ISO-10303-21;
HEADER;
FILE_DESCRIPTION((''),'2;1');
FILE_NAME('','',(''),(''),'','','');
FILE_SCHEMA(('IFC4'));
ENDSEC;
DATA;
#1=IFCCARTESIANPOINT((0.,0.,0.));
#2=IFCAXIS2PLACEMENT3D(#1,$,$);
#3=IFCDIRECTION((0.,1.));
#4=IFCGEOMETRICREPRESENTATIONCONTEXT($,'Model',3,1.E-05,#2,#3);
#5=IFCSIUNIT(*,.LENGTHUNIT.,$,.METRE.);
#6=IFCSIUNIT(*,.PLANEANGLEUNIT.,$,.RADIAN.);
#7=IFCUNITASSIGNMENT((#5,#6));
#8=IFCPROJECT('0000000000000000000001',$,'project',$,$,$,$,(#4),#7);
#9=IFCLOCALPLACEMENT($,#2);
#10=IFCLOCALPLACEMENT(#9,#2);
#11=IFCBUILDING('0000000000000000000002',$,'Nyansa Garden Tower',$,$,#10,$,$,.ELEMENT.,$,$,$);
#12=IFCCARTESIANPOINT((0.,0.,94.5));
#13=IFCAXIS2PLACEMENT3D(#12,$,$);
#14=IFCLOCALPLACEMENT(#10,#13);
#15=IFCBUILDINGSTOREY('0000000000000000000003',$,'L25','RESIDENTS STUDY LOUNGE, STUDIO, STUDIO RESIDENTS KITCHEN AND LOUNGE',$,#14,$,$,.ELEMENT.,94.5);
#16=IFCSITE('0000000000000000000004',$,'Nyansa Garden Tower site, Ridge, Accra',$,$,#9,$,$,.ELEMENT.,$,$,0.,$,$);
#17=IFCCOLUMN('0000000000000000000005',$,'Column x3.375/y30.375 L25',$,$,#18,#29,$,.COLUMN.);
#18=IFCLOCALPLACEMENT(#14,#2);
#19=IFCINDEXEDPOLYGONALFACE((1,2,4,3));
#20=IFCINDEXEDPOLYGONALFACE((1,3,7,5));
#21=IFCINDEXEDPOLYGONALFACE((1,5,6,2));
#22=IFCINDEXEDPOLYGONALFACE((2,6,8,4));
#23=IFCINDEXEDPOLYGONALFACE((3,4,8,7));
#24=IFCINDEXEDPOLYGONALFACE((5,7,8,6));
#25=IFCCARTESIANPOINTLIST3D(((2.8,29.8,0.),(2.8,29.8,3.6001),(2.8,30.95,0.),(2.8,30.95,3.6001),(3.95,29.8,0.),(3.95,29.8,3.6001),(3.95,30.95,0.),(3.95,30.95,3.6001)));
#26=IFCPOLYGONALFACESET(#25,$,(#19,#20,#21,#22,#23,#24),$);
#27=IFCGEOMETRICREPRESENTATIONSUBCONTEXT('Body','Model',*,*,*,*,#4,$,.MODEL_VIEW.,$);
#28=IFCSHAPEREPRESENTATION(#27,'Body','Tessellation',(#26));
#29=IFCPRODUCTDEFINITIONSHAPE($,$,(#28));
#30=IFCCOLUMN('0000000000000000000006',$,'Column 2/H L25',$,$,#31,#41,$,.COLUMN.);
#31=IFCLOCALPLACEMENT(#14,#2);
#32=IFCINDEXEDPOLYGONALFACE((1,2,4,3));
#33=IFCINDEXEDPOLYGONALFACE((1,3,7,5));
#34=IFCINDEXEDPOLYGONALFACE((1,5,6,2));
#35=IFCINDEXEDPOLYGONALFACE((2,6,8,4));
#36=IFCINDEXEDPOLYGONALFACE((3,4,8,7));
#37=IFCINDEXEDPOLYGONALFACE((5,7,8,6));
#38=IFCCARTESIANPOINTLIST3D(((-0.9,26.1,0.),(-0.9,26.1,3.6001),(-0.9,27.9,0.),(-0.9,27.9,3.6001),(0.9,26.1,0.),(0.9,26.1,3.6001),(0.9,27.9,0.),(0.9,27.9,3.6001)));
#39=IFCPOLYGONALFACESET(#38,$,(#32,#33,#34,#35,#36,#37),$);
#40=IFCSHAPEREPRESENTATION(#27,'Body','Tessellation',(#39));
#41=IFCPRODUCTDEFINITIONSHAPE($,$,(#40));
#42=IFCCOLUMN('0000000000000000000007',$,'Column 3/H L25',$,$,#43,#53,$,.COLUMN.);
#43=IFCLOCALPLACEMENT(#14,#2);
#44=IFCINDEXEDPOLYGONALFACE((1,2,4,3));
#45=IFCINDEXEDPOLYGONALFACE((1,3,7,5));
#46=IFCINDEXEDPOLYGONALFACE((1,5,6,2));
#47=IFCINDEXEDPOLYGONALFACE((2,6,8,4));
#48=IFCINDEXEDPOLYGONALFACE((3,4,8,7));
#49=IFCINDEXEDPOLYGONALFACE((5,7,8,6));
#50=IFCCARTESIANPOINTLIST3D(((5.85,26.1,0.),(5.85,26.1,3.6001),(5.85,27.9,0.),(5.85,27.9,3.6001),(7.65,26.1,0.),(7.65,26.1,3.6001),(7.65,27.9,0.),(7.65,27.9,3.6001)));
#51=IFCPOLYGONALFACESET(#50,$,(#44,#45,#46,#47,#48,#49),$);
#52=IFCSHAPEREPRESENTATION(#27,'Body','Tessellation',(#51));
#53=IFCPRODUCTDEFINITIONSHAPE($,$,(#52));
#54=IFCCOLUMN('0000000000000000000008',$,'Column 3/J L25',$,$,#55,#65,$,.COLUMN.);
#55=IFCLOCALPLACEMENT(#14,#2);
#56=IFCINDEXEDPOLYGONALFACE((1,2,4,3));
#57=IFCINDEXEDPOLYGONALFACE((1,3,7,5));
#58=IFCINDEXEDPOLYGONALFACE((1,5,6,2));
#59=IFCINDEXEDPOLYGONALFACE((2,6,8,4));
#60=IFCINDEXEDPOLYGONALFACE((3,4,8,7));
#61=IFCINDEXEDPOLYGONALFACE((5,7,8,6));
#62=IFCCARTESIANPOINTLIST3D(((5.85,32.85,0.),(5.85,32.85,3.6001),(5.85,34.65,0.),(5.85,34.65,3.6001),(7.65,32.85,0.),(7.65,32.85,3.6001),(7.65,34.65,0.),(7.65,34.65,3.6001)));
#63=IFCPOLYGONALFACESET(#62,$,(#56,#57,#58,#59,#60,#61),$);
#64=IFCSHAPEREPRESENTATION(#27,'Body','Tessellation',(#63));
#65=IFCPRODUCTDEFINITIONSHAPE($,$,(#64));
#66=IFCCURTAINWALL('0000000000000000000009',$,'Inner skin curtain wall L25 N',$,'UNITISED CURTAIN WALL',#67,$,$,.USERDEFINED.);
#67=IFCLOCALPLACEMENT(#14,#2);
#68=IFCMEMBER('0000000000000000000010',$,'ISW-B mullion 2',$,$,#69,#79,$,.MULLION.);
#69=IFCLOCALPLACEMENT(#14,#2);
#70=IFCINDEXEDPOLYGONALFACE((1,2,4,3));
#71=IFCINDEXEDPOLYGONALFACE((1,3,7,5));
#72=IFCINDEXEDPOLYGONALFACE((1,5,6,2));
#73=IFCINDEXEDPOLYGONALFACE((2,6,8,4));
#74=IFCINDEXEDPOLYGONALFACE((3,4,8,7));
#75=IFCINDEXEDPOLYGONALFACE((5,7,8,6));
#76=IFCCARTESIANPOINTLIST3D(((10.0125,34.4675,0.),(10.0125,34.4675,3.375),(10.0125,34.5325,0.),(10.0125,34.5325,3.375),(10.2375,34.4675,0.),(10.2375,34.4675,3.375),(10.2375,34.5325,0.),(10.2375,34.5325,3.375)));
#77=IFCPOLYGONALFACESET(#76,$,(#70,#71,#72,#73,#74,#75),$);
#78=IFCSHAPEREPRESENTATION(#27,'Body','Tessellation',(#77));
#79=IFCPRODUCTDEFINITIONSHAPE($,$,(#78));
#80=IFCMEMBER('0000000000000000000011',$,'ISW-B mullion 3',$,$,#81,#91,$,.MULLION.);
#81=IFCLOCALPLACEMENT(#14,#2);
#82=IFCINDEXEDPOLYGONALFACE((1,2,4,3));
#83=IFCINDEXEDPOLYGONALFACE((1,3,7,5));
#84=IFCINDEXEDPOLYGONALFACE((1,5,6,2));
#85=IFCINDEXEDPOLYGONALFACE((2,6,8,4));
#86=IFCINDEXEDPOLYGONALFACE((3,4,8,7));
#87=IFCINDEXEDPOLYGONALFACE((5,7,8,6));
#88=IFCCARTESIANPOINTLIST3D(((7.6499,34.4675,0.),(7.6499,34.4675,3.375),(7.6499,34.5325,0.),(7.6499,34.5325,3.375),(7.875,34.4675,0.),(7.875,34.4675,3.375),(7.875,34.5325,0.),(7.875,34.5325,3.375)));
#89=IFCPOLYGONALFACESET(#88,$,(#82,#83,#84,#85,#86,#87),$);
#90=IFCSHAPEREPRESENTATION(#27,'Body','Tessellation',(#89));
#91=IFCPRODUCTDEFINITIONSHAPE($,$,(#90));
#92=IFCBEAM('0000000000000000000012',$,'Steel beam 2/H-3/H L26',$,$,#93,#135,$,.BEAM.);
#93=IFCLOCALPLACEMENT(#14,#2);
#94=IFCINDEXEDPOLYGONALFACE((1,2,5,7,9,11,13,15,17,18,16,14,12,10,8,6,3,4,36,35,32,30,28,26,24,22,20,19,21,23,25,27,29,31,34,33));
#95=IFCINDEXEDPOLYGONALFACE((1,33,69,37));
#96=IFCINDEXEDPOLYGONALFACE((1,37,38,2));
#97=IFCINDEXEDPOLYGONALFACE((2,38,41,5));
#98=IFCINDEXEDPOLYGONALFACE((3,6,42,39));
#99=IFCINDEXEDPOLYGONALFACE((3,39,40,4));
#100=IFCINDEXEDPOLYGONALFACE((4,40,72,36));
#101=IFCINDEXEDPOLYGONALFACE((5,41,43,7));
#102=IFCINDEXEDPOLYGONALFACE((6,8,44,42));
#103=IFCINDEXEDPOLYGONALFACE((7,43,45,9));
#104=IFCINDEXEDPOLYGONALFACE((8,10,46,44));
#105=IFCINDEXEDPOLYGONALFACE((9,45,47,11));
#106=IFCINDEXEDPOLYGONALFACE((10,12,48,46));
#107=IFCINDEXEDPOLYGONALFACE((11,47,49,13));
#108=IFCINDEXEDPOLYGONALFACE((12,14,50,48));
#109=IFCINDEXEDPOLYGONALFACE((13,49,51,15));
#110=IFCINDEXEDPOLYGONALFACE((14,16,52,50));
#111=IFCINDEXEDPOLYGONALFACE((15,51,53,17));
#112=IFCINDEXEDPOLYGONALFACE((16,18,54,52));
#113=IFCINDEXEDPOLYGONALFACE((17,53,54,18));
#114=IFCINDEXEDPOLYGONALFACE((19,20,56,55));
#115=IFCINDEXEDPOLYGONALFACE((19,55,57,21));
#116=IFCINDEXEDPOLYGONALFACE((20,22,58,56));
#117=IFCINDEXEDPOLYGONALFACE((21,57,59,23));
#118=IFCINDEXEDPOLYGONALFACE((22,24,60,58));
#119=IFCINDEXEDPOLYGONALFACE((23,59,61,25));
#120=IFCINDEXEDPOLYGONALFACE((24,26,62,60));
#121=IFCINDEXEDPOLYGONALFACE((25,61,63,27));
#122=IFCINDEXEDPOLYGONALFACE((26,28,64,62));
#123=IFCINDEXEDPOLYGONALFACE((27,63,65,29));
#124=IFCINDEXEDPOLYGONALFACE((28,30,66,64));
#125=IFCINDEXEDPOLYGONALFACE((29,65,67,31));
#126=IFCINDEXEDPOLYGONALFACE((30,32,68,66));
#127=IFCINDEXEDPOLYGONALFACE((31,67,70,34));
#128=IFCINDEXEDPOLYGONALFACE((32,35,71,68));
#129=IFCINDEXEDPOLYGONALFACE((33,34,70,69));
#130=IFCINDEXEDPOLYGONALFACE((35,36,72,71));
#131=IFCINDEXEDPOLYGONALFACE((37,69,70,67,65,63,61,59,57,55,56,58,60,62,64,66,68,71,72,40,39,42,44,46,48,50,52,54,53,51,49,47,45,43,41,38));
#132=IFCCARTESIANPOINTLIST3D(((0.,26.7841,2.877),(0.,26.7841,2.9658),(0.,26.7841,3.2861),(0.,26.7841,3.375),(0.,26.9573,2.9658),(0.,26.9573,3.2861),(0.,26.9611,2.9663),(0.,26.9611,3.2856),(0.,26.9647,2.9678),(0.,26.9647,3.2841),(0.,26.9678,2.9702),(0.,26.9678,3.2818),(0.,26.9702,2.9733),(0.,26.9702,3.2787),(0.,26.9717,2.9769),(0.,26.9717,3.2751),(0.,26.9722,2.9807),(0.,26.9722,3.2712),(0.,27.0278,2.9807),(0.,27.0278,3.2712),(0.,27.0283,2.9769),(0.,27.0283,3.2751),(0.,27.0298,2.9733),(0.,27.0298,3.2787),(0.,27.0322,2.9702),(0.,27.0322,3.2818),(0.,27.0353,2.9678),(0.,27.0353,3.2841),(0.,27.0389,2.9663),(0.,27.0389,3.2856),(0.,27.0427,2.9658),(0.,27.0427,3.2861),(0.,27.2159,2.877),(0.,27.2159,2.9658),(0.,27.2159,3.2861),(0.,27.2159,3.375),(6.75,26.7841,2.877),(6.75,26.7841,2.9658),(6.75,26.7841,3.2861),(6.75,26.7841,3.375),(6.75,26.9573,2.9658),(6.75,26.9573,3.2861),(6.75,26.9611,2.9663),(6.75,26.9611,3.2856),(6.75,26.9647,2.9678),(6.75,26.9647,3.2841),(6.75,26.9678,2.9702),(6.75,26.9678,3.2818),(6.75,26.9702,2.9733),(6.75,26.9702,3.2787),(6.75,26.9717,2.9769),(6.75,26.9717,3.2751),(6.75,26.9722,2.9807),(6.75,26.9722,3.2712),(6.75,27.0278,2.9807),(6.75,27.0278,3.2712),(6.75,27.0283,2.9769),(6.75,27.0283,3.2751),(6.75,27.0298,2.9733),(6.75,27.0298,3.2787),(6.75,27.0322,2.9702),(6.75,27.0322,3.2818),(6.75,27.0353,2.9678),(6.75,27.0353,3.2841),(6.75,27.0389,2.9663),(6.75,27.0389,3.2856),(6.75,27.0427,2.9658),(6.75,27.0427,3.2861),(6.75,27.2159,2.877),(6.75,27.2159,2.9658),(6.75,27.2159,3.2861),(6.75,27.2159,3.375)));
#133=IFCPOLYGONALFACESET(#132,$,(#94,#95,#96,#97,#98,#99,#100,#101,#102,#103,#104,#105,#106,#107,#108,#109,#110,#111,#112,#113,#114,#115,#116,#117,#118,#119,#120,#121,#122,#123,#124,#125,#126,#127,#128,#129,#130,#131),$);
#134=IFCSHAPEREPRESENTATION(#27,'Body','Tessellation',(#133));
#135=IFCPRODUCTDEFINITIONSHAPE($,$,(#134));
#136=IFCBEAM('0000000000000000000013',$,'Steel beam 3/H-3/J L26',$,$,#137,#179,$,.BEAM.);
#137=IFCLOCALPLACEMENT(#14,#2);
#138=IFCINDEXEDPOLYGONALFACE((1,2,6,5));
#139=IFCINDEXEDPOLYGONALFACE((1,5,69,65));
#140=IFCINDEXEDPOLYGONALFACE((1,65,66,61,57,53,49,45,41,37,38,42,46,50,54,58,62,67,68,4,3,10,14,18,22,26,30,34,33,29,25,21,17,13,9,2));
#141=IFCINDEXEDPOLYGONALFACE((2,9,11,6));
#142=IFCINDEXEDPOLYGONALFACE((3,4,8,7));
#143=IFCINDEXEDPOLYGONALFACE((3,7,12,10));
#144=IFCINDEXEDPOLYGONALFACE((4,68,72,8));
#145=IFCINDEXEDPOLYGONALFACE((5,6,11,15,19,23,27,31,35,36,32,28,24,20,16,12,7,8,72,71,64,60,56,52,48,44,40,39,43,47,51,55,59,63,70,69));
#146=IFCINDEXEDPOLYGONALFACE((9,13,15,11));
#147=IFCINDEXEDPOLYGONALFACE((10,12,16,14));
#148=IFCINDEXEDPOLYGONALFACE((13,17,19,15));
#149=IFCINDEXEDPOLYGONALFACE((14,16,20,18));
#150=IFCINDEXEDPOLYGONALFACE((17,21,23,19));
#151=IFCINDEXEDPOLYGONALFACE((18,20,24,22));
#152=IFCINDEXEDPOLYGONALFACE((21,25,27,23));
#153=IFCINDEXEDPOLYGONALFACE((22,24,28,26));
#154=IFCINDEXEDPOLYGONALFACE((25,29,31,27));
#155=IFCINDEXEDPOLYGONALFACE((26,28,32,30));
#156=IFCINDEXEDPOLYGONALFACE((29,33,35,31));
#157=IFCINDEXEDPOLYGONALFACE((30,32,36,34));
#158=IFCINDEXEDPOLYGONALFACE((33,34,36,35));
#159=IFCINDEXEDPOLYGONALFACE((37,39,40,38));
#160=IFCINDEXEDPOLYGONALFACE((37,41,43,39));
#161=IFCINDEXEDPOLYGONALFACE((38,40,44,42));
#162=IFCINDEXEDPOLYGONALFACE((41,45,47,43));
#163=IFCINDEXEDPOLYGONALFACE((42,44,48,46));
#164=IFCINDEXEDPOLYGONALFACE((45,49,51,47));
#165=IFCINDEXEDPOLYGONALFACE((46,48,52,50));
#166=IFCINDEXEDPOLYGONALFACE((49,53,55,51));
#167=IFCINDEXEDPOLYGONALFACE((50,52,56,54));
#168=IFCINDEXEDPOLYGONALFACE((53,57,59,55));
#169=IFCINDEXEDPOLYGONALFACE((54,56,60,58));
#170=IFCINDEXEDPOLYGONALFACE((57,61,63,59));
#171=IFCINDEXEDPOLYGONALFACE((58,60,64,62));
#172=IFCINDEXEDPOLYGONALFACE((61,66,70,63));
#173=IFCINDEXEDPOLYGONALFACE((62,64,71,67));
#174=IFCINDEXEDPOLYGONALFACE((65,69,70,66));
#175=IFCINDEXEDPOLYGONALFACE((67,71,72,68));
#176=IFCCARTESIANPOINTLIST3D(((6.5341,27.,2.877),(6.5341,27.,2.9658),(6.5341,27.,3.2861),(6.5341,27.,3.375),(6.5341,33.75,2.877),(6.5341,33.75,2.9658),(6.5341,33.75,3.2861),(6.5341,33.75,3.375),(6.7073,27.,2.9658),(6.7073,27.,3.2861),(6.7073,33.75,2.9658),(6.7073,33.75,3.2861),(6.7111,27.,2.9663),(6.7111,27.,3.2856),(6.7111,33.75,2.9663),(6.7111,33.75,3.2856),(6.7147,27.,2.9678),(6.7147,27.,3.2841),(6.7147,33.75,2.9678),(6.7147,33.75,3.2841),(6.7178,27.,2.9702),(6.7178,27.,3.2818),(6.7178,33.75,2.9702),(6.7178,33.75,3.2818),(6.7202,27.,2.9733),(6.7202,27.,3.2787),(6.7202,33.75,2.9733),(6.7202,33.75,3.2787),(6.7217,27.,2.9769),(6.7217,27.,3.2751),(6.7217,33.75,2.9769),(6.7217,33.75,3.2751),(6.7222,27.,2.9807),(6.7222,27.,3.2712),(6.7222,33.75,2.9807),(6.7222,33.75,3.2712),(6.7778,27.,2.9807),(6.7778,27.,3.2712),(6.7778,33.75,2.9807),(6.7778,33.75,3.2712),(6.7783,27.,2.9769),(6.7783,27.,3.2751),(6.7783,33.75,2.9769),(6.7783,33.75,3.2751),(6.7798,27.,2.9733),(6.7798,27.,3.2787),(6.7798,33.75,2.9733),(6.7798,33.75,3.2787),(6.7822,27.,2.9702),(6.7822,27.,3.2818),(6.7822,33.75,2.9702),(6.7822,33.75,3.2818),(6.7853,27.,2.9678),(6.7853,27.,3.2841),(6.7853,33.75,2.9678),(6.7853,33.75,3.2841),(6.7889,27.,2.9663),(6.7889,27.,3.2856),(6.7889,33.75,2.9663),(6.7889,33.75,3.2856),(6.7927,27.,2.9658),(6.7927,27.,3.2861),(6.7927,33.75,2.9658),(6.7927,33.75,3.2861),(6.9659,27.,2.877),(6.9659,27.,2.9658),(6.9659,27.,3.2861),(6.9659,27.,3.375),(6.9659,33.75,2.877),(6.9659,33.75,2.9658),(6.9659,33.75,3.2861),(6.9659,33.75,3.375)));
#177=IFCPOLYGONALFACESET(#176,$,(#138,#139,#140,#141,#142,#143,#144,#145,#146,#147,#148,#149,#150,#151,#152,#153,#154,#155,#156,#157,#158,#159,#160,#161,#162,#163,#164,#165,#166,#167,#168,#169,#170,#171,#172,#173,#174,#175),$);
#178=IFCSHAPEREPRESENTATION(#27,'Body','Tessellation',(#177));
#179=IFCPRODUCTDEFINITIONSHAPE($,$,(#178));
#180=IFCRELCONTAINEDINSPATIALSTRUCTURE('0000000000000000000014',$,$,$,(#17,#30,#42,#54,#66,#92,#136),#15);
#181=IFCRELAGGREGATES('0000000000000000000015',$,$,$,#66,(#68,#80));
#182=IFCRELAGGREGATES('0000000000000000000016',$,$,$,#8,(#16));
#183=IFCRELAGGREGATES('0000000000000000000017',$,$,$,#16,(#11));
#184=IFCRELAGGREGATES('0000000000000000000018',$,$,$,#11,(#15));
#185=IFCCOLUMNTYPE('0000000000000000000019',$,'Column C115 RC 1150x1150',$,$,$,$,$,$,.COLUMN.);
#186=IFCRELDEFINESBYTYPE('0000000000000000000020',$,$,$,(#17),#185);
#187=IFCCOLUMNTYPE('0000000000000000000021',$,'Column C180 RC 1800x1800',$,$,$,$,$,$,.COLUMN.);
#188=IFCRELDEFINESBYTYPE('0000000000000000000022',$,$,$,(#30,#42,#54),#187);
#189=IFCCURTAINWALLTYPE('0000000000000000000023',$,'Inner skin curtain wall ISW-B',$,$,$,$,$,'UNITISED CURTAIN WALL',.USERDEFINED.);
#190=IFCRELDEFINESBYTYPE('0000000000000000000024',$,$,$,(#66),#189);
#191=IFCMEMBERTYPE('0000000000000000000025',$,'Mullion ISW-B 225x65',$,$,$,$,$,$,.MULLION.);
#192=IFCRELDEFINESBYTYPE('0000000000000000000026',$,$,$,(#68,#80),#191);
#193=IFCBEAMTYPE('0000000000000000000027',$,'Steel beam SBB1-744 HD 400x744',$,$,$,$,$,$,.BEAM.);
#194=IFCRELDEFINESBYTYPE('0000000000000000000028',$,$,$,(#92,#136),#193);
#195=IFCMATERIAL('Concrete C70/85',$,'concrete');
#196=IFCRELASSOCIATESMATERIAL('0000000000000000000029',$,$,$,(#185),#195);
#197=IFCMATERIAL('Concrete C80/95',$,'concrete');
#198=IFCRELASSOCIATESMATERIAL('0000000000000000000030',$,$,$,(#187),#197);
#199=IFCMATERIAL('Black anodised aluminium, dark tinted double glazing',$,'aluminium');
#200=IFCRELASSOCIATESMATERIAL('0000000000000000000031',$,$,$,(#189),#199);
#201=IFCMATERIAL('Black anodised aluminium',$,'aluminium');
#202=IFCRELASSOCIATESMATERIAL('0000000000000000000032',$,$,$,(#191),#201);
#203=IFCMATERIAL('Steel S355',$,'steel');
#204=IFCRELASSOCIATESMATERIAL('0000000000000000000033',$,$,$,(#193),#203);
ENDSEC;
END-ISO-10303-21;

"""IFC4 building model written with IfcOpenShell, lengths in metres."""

from ifc_helpers import new_model, si_unit, direction, frame, origin, origin_2d, place, context, subcontext, project, spatial, rectangle, i_section, extrude, material, material_profile, profile_set, type_object, element, aggregate, save


model = new_model("IFC4")

# Units and contexts
model_context = context("Model", 3, precision=1e-05, world=origin(), true_north=direction((0.0, 1.0)))
body_context = subcontext(model_context, "Body", "Model", "MODEL_VIEW")
ifc_project = project(units=[si_unit("LENGTHUNIT", "METRE"), si_unit("PLANEANGLEUNIT", "RADIAN")], contexts=[model_context])

# Site, building, storey
site_placement = place(None, origin())
site = spatial("IfcSite", under=ifc_project, at=site_placement, Name="Nyansa Garden Tower site, Ridge, Accra", CompositionType="ELEMENT", RefElevation=0.0)
building_placement = place(site_placement, origin())
building = spatial("IfcBuilding", under=site, at=building_placement, Name="Nyansa Garden Tower", CompositionType="ELEMENT")
storey_placement = place(building_placement, frame((0.0, 0.0, 94.5)))
storey = spatial("IfcBuildingStorey", under=building, at=storey_placement, Name="L25", Description="RESIDENTS STUDY LOUNGE, STUDIO, STUDIO RESIDENTS KITCHEN AND LOUNGE", CompositionType="ELEMENT", Elevation=94.5)

# Columns
ifc_material_1 = material(Name="Concrete C70/85", Category="concrete")
ifc_material_profile_1 = material_profile(ifc_material_1, rectangle(XDim=1.1499, YDim=1.1499, at=origin_2d()), Name="RC 1150x1150")
ifc_profile_set_1 = profile_set([ifc_material_profile_1], Name="Concrete C70/85")
column_type_1 = type_object("IfcColumnType", Name="Column C115 RC 1150x1150", PredefinedType="COLUMN", material=ifc_profile_set_1)
column_placement = place(storey_placement, frame((3.375, 30.375, 0.0), z_axis=(0.0, 0.0, 1.0), x_axis=(1.0, 0.0, 0.0)))
element("IfcColumn", 1, at=column_placement, inside=storey, type_object=column_type_1, Name="Column x3.375/y30.375 L25", PredefinedType="COLUMN", context=body_context, shape_type="SweptSolid", body=[
    extrude(rectangle(XDim=1.1499, YDim=1.1499, at=origin_2d()), origin(), (0.0, 0.0, 1.0), 3.6001),
])
ifc_material_2 = material(Name="Concrete C80/95", Category="concrete")
ifc_material_profile_2 = material_profile(ifc_material_2, rectangle(XDim=1.8, YDim=1.8, at=origin_2d()), Name="RC 1800x1800")
ifc_profile_set_2 = profile_set([ifc_material_profile_2], Name="Concrete C80/95")
column_type_2 = type_object("IfcColumnType", Name="Column C180 RC 1800x1800", PredefinedType="COLUMN", material=ifc_profile_set_2)
for number, where, z_axis, x_axis, name in (
    (2, (0.0, 27.0, 0.0), (0.0, 0.0, 1.0), (1.0, 0.0, 0.0), "Column 2/H L25"),
    (3, (6.75, 27.0, 0.0), (0.0, 0.0, 1.0), (1.0, 0.0, 0.0), "Column 3/H L25"),
    (4, (6.75, 33.75, 0.0), (0.0, 0.0, 1.0), (1.0, 0.0, 0.0), "Column 3/J L25"),
):
    element("IfcColumn", number, at=place(storey_placement, frame(where, z_axis=z_axis, x_axis=x_axis)), inside=storey, type_object=column_type_2, Name=name, PredefinedType="COLUMN", context=body_context, shape_type="SweptSolid", body=[
        extrude(rectangle(XDim=1.8, YDim=1.8, at=origin_2d()), origin(), (0.0, 0.0, 1.0), 3.6001),
    ])

# Curtain wall, members
ifc_material_3 = material(Name="Black anodised aluminium, dark tinted double glazing", Category="aluminium")
curtain_wall_type = type_object("IfcCurtainWallType", Name="Inner skin curtain wall ISW-B", ElementType="UNITISED CURTAIN WALL", PredefinedType="USERDEFINED", material=ifc_material_3)
curtain_wall_placement = place(storey_placement, origin())
curtain_wall = element("IfcCurtainWall", 5, at=curtain_wall_placement, inside=storey, type_object=curtain_wall_type, Name="Inner skin curtain wall L25 N", ObjectType="UNITISED CURTAIN WALL", PredefinedType="USERDEFINED")
ifc_material_4 = material(Name="Black anodised aluminium", Category="aluminium")
ifc_material_profile_3 = material_profile(ifc_material_4, rectangle(XDim=0.0649, YDim=0.2251, at=origin_2d()), Name="Mullion 225x65")
ifc_profile_set_3 = profile_set([ifc_material_profile_3], Name="Black anodised aluminium")
member_type_1 = type_object("IfcMemberType", Name="Mullion ISW-B 225x65", PredefinedType="MULLION", material=ifc_profile_set_3)
member_1_placement = place(storey_placement, frame((10.125, 34.5, 0.0), z_axis=(0.0, 0.0, 1.0), x_axis=(0.0, -1.0, 0.0)))
member_1 = element("IfcMember", 6, at=member_1_placement, type_object=member_type_1, Name="ISW-B mullion 2", PredefinedType="MULLION", context=body_context, shape_type="SweptSolid", body=[
    extrude(rectangle(XDim=0.0649, YDim=0.2251, at=origin_2d()), origin(), (0.0, 0.0, 1.0), 3.375),
])
member_2_placement = place(storey_placement, frame((7.7625, 34.5, 0.0), z_axis=(0.0, 0.0, 1.0), x_axis=(0.0, -1.0, 0.0)))
member_2 = element("IfcMember", 7, at=member_2_placement, type_object=member_type_1, Name="ISW-B mullion 3", PredefinedType="MULLION", context=body_context, shape_type="SweptSolid", body=[
    extrude(rectangle(XDim=0.0649, YDim=0.2251, at=origin_2d()), origin(), (0.0, 0.0, 1.0), 3.375),
])

# Beams
ifc_material_5 = material(Name="Steel S355", Category="steel")
ifc_material_profile_4 = material_profile(ifc_material_5, i_section(OverallWidth=0.4319, OverallDepth=0.498, WebThickness=0.0557, FlangeThickness=0.0889, FilletRadius=0.0149, at=origin_2d()), Name="HD 400x744")
ifc_profile_set_4 = profile_set([ifc_material_profile_4], Name="Steel S355")
beam_type_1 = type_object("IfcBeamType", Name="Steel beam SBB1-744 HD 400x744", PredefinedType="BEAM", material=ifc_profile_set_4)
for number, where, z_axis, x_axis, name in (
    (8, (0.0, 27.0, 3.126), (1.0, 0.0, 0.0), (0.0, 1.0, 0.0), "Steel beam 2/H-3/H L26"),
    (9, (6.75, 27.0, 3.126), (0.0, 1.0, 0.0), (-1.0, 0.0, 0.0), "Steel beam 3/H-3/J L26"),
):
    element("IfcBeam", number, at=place(storey_placement, frame(where, z_axis=z_axis, x_axis=x_axis)), inside=storey, type_object=beam_type_1, Name=name, PredefinedType="BEAM", context=body_context, shape_type="SweptSolid", body=[
        extrude(i_section(OverallWidth=0.4319, OverallDepth=0.498, WebThickness=0.0557, FlangeThickness=0.0889, FilletRadius=0.0149, at=origin_2d()), origin(), (0.0, 0.0, 1.0), 6.75),
    ])

aggregate(curtain_wall, [member_1, member_2])

save(model, "model.ifc")
